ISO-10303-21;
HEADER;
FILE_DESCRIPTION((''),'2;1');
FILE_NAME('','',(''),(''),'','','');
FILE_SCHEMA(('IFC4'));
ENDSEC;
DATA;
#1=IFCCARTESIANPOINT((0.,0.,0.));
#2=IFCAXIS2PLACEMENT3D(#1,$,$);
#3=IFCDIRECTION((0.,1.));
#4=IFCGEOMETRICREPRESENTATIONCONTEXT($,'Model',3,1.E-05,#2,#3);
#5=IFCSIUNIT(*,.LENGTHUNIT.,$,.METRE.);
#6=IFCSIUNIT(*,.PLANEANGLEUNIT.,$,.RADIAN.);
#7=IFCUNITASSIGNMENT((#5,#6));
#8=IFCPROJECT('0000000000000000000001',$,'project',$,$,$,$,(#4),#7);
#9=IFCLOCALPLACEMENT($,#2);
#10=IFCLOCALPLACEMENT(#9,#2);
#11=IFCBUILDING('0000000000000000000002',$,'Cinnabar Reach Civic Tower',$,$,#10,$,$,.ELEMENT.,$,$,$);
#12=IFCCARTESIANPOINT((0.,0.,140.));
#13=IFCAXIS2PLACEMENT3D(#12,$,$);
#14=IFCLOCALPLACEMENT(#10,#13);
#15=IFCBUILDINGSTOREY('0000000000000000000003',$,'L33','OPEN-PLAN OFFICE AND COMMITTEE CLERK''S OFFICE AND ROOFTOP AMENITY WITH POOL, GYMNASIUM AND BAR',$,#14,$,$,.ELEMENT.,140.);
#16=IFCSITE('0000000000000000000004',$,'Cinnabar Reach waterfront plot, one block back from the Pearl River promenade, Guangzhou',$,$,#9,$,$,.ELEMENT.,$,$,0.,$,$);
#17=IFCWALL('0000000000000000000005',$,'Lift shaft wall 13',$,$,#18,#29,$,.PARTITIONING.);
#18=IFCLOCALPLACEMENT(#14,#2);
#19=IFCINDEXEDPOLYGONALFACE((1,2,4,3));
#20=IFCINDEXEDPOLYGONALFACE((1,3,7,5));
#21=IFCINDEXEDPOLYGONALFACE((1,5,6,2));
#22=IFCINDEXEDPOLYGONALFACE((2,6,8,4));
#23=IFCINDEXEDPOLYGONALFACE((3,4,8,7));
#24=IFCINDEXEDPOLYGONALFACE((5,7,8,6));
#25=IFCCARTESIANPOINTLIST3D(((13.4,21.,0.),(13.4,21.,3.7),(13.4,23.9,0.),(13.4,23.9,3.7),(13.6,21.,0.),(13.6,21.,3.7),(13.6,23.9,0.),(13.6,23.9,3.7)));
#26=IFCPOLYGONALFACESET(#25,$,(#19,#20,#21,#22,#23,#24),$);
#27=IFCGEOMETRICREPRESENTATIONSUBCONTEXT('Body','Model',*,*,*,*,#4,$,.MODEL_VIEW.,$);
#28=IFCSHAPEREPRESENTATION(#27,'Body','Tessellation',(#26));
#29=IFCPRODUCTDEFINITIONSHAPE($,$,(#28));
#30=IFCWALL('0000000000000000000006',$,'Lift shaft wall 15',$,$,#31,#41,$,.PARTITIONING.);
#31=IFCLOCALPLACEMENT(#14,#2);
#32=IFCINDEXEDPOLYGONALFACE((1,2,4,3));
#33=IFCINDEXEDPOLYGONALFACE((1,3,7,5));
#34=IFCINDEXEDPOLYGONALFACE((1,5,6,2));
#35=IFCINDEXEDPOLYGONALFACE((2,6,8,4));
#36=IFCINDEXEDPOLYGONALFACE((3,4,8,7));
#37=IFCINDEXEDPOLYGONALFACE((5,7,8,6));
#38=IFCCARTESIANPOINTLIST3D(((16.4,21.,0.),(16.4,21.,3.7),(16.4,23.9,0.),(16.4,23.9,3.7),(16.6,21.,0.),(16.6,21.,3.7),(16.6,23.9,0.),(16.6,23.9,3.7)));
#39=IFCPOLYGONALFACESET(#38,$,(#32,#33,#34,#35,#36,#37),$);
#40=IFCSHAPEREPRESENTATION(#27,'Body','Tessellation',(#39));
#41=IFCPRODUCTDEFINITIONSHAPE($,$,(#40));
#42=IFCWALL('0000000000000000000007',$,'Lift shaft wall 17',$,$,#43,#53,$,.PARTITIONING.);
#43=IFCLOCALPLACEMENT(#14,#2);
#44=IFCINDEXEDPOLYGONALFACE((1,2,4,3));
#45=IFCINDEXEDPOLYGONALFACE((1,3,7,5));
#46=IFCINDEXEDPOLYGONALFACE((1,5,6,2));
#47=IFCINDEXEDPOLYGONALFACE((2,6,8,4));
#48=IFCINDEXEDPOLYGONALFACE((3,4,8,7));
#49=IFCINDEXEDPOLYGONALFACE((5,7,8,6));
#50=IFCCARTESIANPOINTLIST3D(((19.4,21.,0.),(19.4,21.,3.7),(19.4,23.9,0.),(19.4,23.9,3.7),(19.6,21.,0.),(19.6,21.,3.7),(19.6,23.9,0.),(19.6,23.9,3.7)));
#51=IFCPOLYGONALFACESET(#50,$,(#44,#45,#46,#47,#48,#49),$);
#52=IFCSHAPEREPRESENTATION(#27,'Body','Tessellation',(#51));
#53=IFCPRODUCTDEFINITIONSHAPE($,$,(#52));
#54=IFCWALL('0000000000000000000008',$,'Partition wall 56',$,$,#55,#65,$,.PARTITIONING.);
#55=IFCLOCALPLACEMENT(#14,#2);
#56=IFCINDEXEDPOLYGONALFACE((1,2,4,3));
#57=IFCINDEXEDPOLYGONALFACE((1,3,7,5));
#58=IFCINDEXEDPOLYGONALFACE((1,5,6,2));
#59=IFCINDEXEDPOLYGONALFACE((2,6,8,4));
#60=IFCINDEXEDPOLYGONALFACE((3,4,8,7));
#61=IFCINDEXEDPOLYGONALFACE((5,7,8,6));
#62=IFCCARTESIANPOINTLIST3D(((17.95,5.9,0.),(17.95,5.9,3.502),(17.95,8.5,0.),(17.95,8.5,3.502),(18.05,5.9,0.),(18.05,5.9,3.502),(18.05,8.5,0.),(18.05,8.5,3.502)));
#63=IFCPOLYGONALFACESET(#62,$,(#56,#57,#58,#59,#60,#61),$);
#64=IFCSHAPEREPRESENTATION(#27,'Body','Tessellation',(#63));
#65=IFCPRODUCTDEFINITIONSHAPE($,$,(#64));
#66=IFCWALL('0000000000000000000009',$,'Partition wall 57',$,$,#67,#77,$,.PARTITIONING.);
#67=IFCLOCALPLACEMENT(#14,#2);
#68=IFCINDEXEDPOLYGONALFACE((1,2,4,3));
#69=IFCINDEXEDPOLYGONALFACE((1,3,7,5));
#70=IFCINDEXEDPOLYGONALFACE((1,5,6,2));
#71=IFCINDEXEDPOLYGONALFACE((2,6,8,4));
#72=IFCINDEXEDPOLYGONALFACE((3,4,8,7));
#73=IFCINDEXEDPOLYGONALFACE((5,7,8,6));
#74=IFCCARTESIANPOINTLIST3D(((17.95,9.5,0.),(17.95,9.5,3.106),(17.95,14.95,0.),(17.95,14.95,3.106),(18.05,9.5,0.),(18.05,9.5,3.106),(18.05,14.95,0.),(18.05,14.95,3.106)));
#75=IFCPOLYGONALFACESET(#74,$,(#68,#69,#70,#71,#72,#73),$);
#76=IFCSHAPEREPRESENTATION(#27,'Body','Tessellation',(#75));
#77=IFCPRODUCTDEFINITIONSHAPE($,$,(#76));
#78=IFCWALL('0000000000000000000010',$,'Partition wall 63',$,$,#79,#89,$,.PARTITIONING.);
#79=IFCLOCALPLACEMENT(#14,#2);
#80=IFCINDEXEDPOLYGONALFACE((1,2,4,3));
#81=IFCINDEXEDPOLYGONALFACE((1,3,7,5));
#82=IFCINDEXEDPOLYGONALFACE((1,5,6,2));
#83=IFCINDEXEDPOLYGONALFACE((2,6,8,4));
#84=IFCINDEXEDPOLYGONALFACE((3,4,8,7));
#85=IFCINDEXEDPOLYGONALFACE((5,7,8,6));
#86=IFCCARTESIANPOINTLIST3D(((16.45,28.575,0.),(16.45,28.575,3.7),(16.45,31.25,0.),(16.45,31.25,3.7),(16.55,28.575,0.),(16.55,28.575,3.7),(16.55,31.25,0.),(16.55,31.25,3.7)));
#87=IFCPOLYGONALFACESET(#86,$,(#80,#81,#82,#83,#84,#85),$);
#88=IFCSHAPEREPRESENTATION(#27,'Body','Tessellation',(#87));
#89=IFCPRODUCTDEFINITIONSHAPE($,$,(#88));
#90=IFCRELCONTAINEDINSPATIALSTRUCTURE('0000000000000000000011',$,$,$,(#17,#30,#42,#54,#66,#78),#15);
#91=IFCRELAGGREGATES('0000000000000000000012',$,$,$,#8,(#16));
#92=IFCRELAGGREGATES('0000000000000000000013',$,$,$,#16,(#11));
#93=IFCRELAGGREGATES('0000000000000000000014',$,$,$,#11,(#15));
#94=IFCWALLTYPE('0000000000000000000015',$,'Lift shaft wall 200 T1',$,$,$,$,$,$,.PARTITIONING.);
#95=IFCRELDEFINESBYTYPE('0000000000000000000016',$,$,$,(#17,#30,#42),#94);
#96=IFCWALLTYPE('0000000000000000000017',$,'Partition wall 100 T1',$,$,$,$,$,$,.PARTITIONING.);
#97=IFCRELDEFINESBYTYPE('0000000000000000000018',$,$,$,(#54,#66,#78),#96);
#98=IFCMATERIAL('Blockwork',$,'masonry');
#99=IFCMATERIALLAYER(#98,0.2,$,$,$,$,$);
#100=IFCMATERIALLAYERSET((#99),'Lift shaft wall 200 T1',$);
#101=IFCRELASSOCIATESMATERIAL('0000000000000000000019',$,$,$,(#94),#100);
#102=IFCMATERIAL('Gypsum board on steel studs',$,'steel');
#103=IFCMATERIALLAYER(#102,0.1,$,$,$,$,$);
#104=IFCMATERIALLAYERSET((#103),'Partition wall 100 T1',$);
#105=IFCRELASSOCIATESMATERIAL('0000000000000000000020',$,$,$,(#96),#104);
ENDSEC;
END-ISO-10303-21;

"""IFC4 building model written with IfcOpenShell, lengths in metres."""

from ifc_helpers import new_model, si_unit, direction, frame, frame_2d, origin, place, context, subcontext, project, spatial, rectangle, extrude, material, layer, layer_set, type_object, element, save


model = new_model("IFC4")

# Units and contexts
model_context = context("Model", 3, precision=1e-05, world=origin(), true_north=direction((0.0, 1.0)))
body_context = subcontext(model_context, "Body", "Model", "MODEL_VIEW")
ifc_project = project(units=[si_unit("LENGTHUNIT", "METRE"), si_unit("PLANEANGLEUNIT", "RADIAN")], contexts=[model_context])

# Site, building, storey
site_placement = place(None, origin())
site = spatial("IfcSite", under=ifc_project, at=site_placement, Name="Cinnabar Reach waterfront plot, one block back from the Pearl River promenade, Guangzhou", CompositionType="ELEMENT", RefElevation=0.0)
building_placement = place(site_placement, origin())
building = spatial("IfcBuilding", under=site, at=building_placement, Name="Cinnabar Reach Civic Tower", CompositionType="ELEMENT")
storey_placement = place(building_placement, frame((0.0, 0.0, 140.0)))
storey = spatial("IfcBuildingStorey", under=building, at=storey_placement, Name="L33", Description="OPEN-PLAN OFFICE AND COMMITTEE CLERK'S OFFICE AND ROOFTOP AMENITY WITH POOL, GYMNASIUM AND BAR", CompositionType="ELEMENT", Elevation=140.0)

# Walls
ifc_material_1 = material(Name="Blockwork", Category="masonry")
ifc_layer_1 = layer(ifc_material_1, 0.2)
ifc_layer_set_1 = layer_set([ifc_layer_1], Name="Lift shaft wall 200 T1")
wall_type_1 = type_object("IfcWallType", Name="Lift shaft wall 200 T1", PredefinedType="PARTITIONING", material=ifc_layer_set_1)
for number, where, z_axis, x_axis, name in (
    (1, (13.5, 21.0, 0.0), (0.0, 0.0, 1.0), (0.0, 1.0, 0.0), "Lift shaft wall 13"),
    (2, (16.5, 21.0, 0.0), (0.0, 0.0, 1.0), (0.0, 1.0, 0.0), "Lift shaft wall 15"),
    (3, (19.5, 21.0, 0.0), (0.0, 0.0, 1.0), (0.0, 1.0, 0.0), "Lift shaft wall 17"),
):
    element("IfcWall", number, at=place(storey_placement, frame(where, z_axis=z_axis, x_axis=x_axis)), inside=storey, type_object=wall_type_1, Name=name, PredefinedType="PARTITIONING", context=body_context, shape_type="SweptSolid", body=[
        extrude(rectangle(XDim=2.9, YDim=0.2, at=frame_2d((1.45, 0.0))), origin(), (0.0, 0.0, 1.0), 3.7),
    ])
ifc_material_2 = material(Name="Gypsum board on steel studs", Category="steel")
ifc_layer_2 = layer(ifc_material_2, 0.1)
ifc_layer_set_2 = layer_set([ifc_layer_2], Name="Partition wall 100 T1")
wall_type_2 = type_object("IfcWallType", Name="Partition wall 100 T1", PredefinedType="PARTITIONING", material=ifc_layer_set_2)
wall_1_placement = place(storey_placement, frame((18.0, 5.9, 0.0), z_axis=(0.0, 0.0, 1.0), x_axis=(0.0, 1.0, 0.0)))
element("IfcWall", 4, at=wall_1_placement, inside=storey, type_object=wall_type_2, Name="Partition wall 56", PredefinedType="PARTITIONING", context=body_context, shape_type="SweptSolid", body=[
    extrude(rectangle(XDim=2.6, YDim=0.1, at=frame_2d((1.3, 0.0))), origin(), (0.0, 0.0, 1.0), 3.502),
])
wall_2_placement = place(storey_placement, frame((18.0, 9.5, 0.0), z_axis=(0.0, 0.0, 1.0), x_axis=(0.0, 1.0, 0.0)))
element("IfcWall", 5, at=wall_2_placement, inside=storey, type_object=wall_type_2, Name="Partition wall 57", PredefinedType="PARTITIONING", context=body_context, shape_type="SweptSolid", body=[
    extrude(rectangle(XDim=5.45, YDim=0.1, at=frame_2d((2.725, 0.0))), origin(), (0.0, 0.0, 1.0), 3.106),
])
wall_3_placement = place(storey_placement, frame((16.5, 28.575, 0.0), z_axis=(0.0, 0.0, 1.0), x_axis=(0.0, 1.0, 0.0)))
element("IfcWall", 6, at=wall_3_placement, inside=storey, type_object=wall_type_2, Name="Partition wall 63", PredefinedType="PARTITIONING", context=body_context, shape_type="SweptSolid", body=[
    extrude(rectangle(XDim=2.675, YDim=0.1, at=frame_2d((1.3375, 0.0))), origin(), (0.0, 0.0, 1.0), 3.7),
])

save(model, "model.ifc")
